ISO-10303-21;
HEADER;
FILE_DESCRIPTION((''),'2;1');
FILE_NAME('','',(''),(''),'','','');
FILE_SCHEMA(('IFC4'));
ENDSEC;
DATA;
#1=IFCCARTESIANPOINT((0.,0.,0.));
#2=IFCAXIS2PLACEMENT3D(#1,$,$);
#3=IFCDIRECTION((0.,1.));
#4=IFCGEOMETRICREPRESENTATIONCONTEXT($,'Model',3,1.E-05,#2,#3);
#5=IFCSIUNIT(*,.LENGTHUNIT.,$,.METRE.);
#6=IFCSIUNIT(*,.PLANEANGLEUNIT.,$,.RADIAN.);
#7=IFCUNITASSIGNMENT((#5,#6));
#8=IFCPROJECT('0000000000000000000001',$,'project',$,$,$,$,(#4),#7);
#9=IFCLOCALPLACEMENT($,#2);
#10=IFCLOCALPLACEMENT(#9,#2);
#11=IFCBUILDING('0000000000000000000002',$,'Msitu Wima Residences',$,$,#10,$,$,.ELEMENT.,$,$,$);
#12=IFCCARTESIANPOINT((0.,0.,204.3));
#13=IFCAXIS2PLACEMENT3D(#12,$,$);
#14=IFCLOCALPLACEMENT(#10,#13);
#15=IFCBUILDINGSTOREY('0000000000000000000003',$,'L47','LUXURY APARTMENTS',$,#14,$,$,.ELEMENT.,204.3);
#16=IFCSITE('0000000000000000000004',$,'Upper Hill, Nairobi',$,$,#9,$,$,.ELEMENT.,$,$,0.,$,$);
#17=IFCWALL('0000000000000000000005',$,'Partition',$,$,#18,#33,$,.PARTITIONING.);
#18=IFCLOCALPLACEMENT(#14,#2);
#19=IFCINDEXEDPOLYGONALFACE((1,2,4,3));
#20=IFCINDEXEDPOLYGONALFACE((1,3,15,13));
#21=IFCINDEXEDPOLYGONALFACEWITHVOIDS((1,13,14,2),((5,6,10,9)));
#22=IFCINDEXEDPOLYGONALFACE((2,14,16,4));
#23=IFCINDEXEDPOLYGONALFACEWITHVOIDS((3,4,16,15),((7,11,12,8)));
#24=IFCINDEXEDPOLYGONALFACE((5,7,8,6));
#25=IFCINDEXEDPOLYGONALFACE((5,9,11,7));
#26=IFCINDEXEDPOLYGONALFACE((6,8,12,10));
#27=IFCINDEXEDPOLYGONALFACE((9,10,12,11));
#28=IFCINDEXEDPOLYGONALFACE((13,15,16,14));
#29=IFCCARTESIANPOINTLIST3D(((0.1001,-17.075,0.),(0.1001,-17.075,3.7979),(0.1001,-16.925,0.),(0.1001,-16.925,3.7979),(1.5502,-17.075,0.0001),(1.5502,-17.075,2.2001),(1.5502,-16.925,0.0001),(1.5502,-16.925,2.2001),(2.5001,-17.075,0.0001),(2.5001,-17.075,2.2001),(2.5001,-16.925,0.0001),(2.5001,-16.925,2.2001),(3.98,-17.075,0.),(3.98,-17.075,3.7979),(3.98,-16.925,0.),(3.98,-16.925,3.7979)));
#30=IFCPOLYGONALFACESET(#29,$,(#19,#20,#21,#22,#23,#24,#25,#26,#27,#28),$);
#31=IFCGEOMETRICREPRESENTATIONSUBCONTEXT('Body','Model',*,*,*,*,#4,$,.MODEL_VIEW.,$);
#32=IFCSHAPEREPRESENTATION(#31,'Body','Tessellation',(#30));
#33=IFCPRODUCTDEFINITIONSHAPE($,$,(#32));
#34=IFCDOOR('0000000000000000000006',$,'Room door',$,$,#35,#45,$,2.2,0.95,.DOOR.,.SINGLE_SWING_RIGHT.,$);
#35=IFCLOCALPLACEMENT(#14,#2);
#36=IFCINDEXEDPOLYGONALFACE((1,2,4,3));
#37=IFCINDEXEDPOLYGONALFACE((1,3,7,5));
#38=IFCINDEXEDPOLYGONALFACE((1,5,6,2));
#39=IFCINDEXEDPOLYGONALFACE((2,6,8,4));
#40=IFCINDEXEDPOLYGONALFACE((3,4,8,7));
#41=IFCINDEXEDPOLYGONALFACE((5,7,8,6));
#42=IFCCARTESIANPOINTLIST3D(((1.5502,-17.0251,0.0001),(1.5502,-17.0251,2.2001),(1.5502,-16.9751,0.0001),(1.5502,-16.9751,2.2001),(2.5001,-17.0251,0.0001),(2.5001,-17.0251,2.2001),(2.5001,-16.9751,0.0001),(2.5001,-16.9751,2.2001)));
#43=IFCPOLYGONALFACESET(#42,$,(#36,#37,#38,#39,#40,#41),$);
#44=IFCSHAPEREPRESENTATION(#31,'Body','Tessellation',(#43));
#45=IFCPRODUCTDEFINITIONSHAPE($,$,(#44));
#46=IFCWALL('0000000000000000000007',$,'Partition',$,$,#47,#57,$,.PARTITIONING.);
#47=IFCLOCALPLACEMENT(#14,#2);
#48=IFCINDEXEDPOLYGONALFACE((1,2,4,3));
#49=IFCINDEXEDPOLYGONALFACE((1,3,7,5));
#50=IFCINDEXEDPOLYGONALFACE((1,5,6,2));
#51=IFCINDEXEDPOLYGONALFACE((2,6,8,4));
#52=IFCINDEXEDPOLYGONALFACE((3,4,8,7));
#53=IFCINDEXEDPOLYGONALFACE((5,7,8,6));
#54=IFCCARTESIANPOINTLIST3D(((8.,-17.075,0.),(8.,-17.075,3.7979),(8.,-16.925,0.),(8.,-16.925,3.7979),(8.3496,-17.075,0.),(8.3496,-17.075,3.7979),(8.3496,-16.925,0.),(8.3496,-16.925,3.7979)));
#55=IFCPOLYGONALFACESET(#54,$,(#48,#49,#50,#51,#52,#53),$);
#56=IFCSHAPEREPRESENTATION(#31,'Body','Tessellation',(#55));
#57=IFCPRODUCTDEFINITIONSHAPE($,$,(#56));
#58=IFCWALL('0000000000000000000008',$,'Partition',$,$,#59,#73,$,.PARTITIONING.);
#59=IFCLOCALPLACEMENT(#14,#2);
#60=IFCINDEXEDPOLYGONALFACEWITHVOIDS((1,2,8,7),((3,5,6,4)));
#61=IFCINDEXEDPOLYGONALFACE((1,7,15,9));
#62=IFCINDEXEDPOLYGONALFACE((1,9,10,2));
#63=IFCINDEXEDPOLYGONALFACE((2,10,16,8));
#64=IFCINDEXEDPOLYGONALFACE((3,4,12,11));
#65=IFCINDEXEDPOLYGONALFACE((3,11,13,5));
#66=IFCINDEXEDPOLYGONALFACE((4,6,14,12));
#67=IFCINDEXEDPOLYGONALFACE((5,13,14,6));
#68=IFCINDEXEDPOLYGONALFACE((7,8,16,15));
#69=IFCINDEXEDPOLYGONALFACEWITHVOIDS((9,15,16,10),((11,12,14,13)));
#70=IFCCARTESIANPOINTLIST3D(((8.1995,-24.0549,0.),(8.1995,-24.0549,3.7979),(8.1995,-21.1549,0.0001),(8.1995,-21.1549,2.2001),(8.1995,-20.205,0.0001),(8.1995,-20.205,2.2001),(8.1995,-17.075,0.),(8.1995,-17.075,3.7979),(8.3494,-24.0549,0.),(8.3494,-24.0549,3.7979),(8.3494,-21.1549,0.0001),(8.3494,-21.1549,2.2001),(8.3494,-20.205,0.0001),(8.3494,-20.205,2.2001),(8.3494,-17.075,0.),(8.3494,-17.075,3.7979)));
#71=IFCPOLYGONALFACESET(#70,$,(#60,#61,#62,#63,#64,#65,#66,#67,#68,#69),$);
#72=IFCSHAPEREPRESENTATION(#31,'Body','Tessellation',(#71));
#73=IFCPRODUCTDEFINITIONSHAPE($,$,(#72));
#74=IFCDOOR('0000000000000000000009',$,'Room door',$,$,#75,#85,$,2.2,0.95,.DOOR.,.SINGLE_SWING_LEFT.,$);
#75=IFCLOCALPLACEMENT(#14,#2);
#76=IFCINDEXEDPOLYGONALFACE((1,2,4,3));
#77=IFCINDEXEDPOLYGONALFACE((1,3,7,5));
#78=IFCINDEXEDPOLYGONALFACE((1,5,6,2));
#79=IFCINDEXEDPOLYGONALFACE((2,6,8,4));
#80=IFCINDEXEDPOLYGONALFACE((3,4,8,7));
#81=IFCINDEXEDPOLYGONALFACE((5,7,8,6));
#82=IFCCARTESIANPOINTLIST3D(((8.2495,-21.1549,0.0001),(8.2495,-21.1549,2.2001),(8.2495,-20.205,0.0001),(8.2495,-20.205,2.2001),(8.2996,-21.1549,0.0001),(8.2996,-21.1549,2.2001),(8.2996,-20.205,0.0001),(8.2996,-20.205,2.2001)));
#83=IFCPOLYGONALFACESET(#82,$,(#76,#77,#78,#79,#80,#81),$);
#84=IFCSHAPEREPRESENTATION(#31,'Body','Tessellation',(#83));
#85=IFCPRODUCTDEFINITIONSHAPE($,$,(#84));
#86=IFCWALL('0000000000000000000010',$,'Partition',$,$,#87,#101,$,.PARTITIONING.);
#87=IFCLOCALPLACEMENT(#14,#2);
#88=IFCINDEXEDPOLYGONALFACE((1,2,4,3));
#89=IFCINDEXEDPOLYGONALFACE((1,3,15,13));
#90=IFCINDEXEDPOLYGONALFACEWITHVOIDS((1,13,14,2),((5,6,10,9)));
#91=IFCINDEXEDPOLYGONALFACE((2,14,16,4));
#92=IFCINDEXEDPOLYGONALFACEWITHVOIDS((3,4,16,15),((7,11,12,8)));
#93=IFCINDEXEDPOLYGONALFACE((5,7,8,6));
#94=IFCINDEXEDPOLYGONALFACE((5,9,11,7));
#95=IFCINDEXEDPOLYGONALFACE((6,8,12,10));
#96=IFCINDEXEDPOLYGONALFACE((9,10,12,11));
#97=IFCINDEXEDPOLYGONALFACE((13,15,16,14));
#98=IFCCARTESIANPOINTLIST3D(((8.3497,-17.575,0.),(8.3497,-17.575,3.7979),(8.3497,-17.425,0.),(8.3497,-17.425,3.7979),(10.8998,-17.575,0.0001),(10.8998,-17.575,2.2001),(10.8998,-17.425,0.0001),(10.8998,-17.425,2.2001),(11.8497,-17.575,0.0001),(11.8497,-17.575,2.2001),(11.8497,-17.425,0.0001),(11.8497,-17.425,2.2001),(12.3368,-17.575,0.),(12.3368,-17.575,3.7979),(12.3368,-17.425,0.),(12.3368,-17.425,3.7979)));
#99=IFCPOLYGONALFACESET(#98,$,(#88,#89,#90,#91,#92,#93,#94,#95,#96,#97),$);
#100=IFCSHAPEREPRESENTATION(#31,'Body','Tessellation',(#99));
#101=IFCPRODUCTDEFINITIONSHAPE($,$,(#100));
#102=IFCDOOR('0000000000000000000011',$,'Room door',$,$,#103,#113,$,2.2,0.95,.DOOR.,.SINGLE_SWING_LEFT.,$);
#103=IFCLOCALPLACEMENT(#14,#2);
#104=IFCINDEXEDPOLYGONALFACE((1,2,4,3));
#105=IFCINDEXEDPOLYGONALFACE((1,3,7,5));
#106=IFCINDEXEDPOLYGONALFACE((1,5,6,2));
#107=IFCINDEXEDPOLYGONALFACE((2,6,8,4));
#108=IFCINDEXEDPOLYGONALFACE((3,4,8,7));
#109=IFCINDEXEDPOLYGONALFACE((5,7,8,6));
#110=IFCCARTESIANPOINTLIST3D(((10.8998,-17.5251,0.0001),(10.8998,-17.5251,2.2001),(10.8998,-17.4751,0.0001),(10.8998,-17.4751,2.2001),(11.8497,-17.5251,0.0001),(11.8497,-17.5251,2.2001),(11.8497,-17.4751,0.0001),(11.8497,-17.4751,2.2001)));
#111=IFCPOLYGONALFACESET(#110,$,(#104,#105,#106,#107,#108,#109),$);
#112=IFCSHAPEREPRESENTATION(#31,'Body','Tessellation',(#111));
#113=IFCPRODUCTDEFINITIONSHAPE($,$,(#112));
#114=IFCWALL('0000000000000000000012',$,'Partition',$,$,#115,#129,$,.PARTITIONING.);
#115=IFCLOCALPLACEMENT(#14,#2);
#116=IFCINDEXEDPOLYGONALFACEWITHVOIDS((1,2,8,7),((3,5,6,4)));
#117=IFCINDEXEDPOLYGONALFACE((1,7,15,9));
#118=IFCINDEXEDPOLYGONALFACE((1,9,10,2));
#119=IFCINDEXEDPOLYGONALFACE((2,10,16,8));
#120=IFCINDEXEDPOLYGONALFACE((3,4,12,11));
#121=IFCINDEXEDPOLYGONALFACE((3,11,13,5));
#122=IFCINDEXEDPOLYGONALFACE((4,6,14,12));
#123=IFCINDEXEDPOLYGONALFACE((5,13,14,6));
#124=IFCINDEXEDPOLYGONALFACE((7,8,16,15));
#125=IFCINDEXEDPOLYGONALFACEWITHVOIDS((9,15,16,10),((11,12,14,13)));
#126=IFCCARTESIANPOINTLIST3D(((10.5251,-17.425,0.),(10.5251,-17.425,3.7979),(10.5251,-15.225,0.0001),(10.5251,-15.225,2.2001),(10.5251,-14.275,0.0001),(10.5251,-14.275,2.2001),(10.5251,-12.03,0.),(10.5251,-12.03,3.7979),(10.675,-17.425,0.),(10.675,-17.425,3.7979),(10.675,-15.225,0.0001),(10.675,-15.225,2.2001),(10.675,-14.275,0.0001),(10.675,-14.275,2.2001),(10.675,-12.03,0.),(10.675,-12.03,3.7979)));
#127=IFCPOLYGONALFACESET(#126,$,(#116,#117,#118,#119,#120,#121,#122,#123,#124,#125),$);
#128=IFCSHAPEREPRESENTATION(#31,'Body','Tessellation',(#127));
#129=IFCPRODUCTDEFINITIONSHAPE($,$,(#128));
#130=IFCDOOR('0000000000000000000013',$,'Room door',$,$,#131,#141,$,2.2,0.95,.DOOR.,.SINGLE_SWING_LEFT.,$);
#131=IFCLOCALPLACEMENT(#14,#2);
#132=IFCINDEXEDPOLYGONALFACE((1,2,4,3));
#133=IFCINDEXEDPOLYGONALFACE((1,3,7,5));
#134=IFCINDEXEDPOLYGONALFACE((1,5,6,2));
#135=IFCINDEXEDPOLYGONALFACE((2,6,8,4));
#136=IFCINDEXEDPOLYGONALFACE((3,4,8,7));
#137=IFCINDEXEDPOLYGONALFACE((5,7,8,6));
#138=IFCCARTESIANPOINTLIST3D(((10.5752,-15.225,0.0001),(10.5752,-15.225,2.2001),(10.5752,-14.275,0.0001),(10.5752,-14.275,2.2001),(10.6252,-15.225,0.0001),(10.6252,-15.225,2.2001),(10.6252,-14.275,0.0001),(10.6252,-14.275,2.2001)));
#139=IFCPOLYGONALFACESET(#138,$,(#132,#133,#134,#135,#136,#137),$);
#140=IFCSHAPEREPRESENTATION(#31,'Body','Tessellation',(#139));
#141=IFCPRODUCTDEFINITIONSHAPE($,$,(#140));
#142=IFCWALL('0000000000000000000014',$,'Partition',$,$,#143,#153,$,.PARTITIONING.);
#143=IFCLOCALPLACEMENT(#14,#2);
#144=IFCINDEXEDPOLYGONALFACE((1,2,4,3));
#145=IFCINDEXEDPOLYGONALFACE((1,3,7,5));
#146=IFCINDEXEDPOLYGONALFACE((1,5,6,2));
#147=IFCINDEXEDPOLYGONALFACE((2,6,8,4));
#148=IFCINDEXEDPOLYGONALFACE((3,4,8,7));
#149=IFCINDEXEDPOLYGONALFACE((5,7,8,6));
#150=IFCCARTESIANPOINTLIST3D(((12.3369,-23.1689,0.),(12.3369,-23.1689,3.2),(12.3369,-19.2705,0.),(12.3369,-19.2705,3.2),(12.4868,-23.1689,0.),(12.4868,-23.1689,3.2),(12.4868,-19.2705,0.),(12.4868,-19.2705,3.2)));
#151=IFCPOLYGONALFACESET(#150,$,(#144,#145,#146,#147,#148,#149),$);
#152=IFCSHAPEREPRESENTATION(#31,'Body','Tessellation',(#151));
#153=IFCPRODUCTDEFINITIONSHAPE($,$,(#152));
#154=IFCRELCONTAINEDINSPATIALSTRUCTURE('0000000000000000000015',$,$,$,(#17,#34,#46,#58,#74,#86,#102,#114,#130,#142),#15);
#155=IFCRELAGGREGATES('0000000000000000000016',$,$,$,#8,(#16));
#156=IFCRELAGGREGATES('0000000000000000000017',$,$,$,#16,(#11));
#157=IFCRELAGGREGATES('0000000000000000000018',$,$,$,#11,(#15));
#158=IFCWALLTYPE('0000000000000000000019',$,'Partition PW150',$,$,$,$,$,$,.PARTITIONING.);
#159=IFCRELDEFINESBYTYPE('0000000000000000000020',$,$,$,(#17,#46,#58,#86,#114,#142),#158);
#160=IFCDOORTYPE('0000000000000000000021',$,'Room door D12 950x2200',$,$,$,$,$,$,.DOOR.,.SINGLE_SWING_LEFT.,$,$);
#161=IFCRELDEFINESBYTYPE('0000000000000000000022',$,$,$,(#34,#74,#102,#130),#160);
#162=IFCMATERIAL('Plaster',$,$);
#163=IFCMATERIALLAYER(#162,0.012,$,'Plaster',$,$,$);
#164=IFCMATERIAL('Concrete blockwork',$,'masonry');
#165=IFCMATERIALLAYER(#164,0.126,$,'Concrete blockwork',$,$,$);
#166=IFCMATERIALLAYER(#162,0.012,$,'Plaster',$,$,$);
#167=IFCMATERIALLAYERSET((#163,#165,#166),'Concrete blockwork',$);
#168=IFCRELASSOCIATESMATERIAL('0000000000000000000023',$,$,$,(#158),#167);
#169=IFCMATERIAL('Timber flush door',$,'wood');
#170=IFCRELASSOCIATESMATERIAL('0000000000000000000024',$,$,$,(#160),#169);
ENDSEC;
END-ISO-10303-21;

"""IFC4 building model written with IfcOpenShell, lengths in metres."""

from ifc_helpers import new_model, si_unit, direction, frame, frame_2d, origin, place, context, subcontext, project, spatial, rectangle, extrude, material, layer, layer_set, type_object, element, fill, save


model = new_model("IFC4")

# Units and contexts
model_context = context("Model", 3, precision=1e-05, world=origin(), true_north=direction((0.0, 1.0)))
body_context = subcontext(model_context, "Body", "Model", "MODEL_VIEW")
ifc_project = project(units=[si_unit("LENGTHUNIT", "METRE"), si_unit("PLANEANGLEUNIT", "RADIAN")], contexts=[model_context])

# Site, building, storey
site_placement = place(None, origin())
site = spatial("IfcSite", under=ifc_project, at=site_placement, Name="Upper Hill, Nairobi", CompositionType="ELEMENT", RefElevation=0.0)
building_placement = place(site_placement, origin())
building = spatial("IfcBuilding", under=site, at=building_placement, Name="Msitu Wima Residences", CompositionType="ELEMENT")
storey_placement = place(building_placement, frame((0.0, 0.0, 204.3)))
storey = spatial("IfcBuildingStorey", under=building, at=storey_placement, Name="L47", Description="LUXURY APARTMENTS", CompositionType="ELEMENT", Elevation=204.3)

# Wall, opening, door
ifc_material_1 = material(Name="Plaster")
ifc_layer_1 = layer(ifc_material_1, 0.012, Name="Plaster")
ifc_material_2 = material(Name="Concrete blockwork", Category="masonry")
ifc_layer_2 = layer(ifc_material_2, 0.126, Name="Concrete blockwork")
ifc_layer_3 = layer(ifc_material_1, 0.012, Name="Plaster")
ifc_layer_set_1 = layer_set([ifc_layer_1, ifc_layer_2, ifc_layer_3], Name="Concrete blockwork")
wall_type_1 = type_object("IfcWallType", Name="Partition PW150", PredefinedType="PARTITIONING", material=ifc_layer_set_1)
wall_1_placement = place(storey_placement, frame((0.1001, -17.0, 0.0), z_axis=(0.0, 0.0, 1.0), x_axis=(1.0, 0.0, 0.0)))
wall_1 = element("IfcWall", 1, at=wall_1_placement, inside=storey, type_object=wall_type_1, Name="Partition", PredefinedType="PARTITIONING", context=body_context, shape_type="SweptSolid", body=[
    extrude(rectangle(XDim=3.8799, YDim=0.1499, at=frame_2d((1.9399, 0.0))), origin(), (0.0, 0.0, 1.0), 3.7979),
])
opening_1_placement = place(wall_1_placement, frame((1.45, 0.0, 0.0)))
opening_1 = element("IfcOpeningElement", 2, at=opening_1_placement, cuts=wall_1, PredefinedType="OPENING", context=body_context, shape_type="SweptSolid", body=[
    extrude(rectangle(XDim=0.95, YDim=2.2, at=frame_2d((0.4751, 1.1001))), frame((0.0, 0.085, 0.0), z_axis=(0.0, -1.0, 0.0), x_axis=(1.0, 0.0, 0.0)), (0.0, 0.0, 1.0), 0.1699),
])
ifc_material_3 = material(Name="Timber flush door", Category="wood")
door_type_1 = type_object("IfcDoorType", Name="Room door D12 950x2200", OperationType="SINGLE_SWING_LEFT", PredefinedType="DOOR", material=ifc_material_3)
door_1_placement = place(opening_1_placement, origin())
door_1 = element("IfcDoor", 3, at=door_1_placement, inside=storey, type_object=door_type_1, Name="Room door", OperationType="SINGLE_SWING_RIGHT", OverallHeight=2.2, OverallWidth=0.95, PredefinedType="DOOR", context=body_context, shape_type="SweptSolid", body=[
    extrude(rectangle(XDim=0.95, YDim=2.2, at=frame_2d((0.4751, 1.1001))), frame((0.0, 0.0249, 0.0), z_axis=(0.0, -1.0, 0.0), x_axis=(1.0, 0.0, 0.0)), (0.0, 0.0, 1.0), 0.05),
])
fill(opening_1, door_1)

# Wall
wall_2_placement = place(storey_placement, frame((8.0, -17.0, 0.0), z_axis=(0.0, 0.0, 1.0), x_axis=(1.0, 0.0, 0.0)))
element("IfcWall", 4, at=wall_2_placement, inside=storey, type_object=wall_type_1, Name="Partition", PredefinedType="PARTITIONING", context=body_context, shape_type="SweptSolid", body=[
    extrude(rectangle(XDim=0.3496, YDim=0.1499, at=frame_2d((0.1748, 0.0))), origin(), (0.0, 0.0, 1.0), 3.7979),
])

# Walls, openings, doors
wall_3_placement = place(storey_placement, frame((8.2744, -24.0549, 0.0), z_axis=(0.0, 0.0, 1.0), x_axis=(0.0, 1.0, 0.0)))
wall_3 = element("IfcWall", 5, at=wall_3_placement, inside=storey, type_object=wall_type_1, Name="Partition", PredefinedType="PARTITIONING", context=body_context, shape_type="SweptSolid", body=[
    extrude(rectangle(XDim=6.98, YDim=0.1499, at=frame_2d((3.49, 0.0))), origin(), (0.0, 0.0, 1.0), 3.7979),
])
opening_2_placement = place(wall_3_placement, frame((2.8999, 0.0, 0.0)))
opening_2 = element("IfcOpeningElement", 6, at=opening_2_placement, cuts=wall_3, PredefinedType="OPENING", context=body_context, shape_type="SweptSolid", body=[
    extrude(rectangle(XDim=0.95, YDim=2.2, at=frame_2d((0.4751, 1.1001))), frame((0.0, 0.085, 0.0), z_axis=(0.0, -1.0, 0.0), x_axis=(1.0, 0.0, 0.0)), (0.0, 0.0, 1.0), 0.1699),
])
door_2_placement = place(opening_2_placement, origin())
door_2 = element("IfcDoor", 7, at=door_2_placement, inside=storey, type_object=door_type_1, Name="Room door", OperationType="SINGLE_SWING_LEFT", OverallHeight=2.2, OverallWidth=0.95, PredefinedType="DOOR", context=body_context, shape_type="SweptSolid", body=[
    extrude(rectangle(XDim=0.95, YDim=2.2, at=frame_2d((0.4751, 1.1001))), frame((0.0, 0.0249, 0.0), z_axis=(0.0, -1.0, 0.0), x_axis=(1.0, 0.0, 0.0)), (0.0, 0.0, 1.0), 0.05),
])
fill(opening_2, door_2)
wall_4_placement = place(storey_placement, frame((8.3496, -17.5, 0.0), z_axis=(0.0, 0.0, 1.0), x_axis=(1.0, 0.0, 0.0)))
wall_4 = element("IfcWall", 8, at=wall_4_placement, inside=storey, type_object=wall_type_1, Name="Partition", PredefinedType="PARTITIONING", context=body_context, shape_type="SweptSolid", body=[
    extrude(rectangle(XDim=3.9871, YDim=0.1499, at=frame_2d((1.9937, 0.0))), origin(), (0.0, 0.0, 1.0), 3.7979),
])
opening_3_placement = place(wall_4_placement, frame((2.55, 0.0, 0.0)))
opening_3 = element("IfcOpeningElement", 9, at=opening_3_placement, cuts=wall_4, PredefinedType="OPENING", context=body_context, shape_type="SweptSolid", body=[
    extrude(rectangle(XDim=0.95, YDim=2.2, at=frame_2d((0.4751, 1.1001))), frame((0.0, 0.085, 0.0), z_axis=(0.0, -1.0, 0.0), x_axis=(1.0, 0.0, 0.0)), (0.0, 0.0, 1.0), 0.1699),
])
door_3_placement = place(opening_3_placement, origin())
door_3 = element("IfcDoor", 10, at=door_3_placement, inside=storey, type_object=door_type_1, Name="Room door", OperationType="SINGLE_SWING_LEFT", OverallHeight=2.2, OverallWidth=0.95, PredefinedType="DOOR", context=body_context, shape_type="SweptSolid", body=[
    extrude(rectangle(XDim=0.95, YDim=2.2, at=frame_2d((0.4751, 1.1001))), frame((0.0, 0.0249, 0.0), z_axis=(0.0, -1.0, 0.0), x_axis=(1.0, 0.0, 0.0)), (0.0, 0.0, 1.0), 0.05),
])
fill(opening_3, door_3)
wall_5_placement = place(storey_placement, frame((10.6001, -17.425, 0.0), z_axis=(0.0, 0.0, 1.0), x_axis=(0.0, 1.0, 0.0)))
wall_5 = element("IfcWall", 11, at=wall_5_placement, inside=storey, type_object=wall_type_1, Name="Partition", PredefinedType="PARTITIONING", context=body_context, shape_type="SweptSolid", body=[
    extrude(rectangle(XDim=5.395, YDim=0.1499, at=frame_2d((2.6975, 0.0))), origin(), (0.0, 0.0, 1.0), 3.7979),
])
opening_4_placement = place(wall_5_placement, frame((2.2, 0.0, 0.0)))
opening_4 = element("IfcOpeningElement", 12, at=opening_4_placement, cuts=wall_5, PredefinedType="OPENING", context=body_context, shape_type="SweptSolid", body=[
    extrude(rectangle(XDim=0.95, YDim=2.2, at=frame_2d((0.4751, 1.1001))), frame((0.0, 0.085, 0.0), z_axis=(0.0, -1.0, 0.0), x_axis=(1.0, 0.0, 0.0)), (0.0, 0.0, 1.0), 0.1699),
])
door_4_placement = place(opening_4_placement, origin())
door_4 = element("IfcDoor", 13, at=door_4_placement, inside=storey, type_object=door_type_1, Name="Room door", OperationType="SINGLE_SWING_LEFT", OverallHeight=2.2, OverallWidth=0.95, PredefinedType="DOOR", context=body_context, shape_type="SweptSolid", body=[
    extrude(rectangle(XDim=0.95, YDim=2.2, at=frame_2d((0.4751, 1.1001))), frame((0.0, 0.0249, 0.0), z_axis=(0.0, -1.0, 0.0), x_axis=(1.0, 0.0, 0.0)), (0.0, 0.0, 1.0), 0.05),
])
fill(opening_4, door_4)

# Wall
wall_6_placement = place(storey_placement, frame((12.4119, -23.1689, 0.0), z_axis=(0.0, 0.0, 1.0), x_axis=(0.0, 1.0, 0.0)))
element("IfcWall", 14, at=wall_6_placement, inside=storey, type_object=wall_type_1, Name="Partition", PredefinedType="PARTITIONING", context=body_context, shape_type="SweptSolid", body=[
    extrude(rectangle(XDim=3.8984, YDim=0.1499, at=frame_2d((1.9492, 0.0))), origin(), (0.0, 0.0, 1.0), 3.2),
])

save(model, "model.ifc")
